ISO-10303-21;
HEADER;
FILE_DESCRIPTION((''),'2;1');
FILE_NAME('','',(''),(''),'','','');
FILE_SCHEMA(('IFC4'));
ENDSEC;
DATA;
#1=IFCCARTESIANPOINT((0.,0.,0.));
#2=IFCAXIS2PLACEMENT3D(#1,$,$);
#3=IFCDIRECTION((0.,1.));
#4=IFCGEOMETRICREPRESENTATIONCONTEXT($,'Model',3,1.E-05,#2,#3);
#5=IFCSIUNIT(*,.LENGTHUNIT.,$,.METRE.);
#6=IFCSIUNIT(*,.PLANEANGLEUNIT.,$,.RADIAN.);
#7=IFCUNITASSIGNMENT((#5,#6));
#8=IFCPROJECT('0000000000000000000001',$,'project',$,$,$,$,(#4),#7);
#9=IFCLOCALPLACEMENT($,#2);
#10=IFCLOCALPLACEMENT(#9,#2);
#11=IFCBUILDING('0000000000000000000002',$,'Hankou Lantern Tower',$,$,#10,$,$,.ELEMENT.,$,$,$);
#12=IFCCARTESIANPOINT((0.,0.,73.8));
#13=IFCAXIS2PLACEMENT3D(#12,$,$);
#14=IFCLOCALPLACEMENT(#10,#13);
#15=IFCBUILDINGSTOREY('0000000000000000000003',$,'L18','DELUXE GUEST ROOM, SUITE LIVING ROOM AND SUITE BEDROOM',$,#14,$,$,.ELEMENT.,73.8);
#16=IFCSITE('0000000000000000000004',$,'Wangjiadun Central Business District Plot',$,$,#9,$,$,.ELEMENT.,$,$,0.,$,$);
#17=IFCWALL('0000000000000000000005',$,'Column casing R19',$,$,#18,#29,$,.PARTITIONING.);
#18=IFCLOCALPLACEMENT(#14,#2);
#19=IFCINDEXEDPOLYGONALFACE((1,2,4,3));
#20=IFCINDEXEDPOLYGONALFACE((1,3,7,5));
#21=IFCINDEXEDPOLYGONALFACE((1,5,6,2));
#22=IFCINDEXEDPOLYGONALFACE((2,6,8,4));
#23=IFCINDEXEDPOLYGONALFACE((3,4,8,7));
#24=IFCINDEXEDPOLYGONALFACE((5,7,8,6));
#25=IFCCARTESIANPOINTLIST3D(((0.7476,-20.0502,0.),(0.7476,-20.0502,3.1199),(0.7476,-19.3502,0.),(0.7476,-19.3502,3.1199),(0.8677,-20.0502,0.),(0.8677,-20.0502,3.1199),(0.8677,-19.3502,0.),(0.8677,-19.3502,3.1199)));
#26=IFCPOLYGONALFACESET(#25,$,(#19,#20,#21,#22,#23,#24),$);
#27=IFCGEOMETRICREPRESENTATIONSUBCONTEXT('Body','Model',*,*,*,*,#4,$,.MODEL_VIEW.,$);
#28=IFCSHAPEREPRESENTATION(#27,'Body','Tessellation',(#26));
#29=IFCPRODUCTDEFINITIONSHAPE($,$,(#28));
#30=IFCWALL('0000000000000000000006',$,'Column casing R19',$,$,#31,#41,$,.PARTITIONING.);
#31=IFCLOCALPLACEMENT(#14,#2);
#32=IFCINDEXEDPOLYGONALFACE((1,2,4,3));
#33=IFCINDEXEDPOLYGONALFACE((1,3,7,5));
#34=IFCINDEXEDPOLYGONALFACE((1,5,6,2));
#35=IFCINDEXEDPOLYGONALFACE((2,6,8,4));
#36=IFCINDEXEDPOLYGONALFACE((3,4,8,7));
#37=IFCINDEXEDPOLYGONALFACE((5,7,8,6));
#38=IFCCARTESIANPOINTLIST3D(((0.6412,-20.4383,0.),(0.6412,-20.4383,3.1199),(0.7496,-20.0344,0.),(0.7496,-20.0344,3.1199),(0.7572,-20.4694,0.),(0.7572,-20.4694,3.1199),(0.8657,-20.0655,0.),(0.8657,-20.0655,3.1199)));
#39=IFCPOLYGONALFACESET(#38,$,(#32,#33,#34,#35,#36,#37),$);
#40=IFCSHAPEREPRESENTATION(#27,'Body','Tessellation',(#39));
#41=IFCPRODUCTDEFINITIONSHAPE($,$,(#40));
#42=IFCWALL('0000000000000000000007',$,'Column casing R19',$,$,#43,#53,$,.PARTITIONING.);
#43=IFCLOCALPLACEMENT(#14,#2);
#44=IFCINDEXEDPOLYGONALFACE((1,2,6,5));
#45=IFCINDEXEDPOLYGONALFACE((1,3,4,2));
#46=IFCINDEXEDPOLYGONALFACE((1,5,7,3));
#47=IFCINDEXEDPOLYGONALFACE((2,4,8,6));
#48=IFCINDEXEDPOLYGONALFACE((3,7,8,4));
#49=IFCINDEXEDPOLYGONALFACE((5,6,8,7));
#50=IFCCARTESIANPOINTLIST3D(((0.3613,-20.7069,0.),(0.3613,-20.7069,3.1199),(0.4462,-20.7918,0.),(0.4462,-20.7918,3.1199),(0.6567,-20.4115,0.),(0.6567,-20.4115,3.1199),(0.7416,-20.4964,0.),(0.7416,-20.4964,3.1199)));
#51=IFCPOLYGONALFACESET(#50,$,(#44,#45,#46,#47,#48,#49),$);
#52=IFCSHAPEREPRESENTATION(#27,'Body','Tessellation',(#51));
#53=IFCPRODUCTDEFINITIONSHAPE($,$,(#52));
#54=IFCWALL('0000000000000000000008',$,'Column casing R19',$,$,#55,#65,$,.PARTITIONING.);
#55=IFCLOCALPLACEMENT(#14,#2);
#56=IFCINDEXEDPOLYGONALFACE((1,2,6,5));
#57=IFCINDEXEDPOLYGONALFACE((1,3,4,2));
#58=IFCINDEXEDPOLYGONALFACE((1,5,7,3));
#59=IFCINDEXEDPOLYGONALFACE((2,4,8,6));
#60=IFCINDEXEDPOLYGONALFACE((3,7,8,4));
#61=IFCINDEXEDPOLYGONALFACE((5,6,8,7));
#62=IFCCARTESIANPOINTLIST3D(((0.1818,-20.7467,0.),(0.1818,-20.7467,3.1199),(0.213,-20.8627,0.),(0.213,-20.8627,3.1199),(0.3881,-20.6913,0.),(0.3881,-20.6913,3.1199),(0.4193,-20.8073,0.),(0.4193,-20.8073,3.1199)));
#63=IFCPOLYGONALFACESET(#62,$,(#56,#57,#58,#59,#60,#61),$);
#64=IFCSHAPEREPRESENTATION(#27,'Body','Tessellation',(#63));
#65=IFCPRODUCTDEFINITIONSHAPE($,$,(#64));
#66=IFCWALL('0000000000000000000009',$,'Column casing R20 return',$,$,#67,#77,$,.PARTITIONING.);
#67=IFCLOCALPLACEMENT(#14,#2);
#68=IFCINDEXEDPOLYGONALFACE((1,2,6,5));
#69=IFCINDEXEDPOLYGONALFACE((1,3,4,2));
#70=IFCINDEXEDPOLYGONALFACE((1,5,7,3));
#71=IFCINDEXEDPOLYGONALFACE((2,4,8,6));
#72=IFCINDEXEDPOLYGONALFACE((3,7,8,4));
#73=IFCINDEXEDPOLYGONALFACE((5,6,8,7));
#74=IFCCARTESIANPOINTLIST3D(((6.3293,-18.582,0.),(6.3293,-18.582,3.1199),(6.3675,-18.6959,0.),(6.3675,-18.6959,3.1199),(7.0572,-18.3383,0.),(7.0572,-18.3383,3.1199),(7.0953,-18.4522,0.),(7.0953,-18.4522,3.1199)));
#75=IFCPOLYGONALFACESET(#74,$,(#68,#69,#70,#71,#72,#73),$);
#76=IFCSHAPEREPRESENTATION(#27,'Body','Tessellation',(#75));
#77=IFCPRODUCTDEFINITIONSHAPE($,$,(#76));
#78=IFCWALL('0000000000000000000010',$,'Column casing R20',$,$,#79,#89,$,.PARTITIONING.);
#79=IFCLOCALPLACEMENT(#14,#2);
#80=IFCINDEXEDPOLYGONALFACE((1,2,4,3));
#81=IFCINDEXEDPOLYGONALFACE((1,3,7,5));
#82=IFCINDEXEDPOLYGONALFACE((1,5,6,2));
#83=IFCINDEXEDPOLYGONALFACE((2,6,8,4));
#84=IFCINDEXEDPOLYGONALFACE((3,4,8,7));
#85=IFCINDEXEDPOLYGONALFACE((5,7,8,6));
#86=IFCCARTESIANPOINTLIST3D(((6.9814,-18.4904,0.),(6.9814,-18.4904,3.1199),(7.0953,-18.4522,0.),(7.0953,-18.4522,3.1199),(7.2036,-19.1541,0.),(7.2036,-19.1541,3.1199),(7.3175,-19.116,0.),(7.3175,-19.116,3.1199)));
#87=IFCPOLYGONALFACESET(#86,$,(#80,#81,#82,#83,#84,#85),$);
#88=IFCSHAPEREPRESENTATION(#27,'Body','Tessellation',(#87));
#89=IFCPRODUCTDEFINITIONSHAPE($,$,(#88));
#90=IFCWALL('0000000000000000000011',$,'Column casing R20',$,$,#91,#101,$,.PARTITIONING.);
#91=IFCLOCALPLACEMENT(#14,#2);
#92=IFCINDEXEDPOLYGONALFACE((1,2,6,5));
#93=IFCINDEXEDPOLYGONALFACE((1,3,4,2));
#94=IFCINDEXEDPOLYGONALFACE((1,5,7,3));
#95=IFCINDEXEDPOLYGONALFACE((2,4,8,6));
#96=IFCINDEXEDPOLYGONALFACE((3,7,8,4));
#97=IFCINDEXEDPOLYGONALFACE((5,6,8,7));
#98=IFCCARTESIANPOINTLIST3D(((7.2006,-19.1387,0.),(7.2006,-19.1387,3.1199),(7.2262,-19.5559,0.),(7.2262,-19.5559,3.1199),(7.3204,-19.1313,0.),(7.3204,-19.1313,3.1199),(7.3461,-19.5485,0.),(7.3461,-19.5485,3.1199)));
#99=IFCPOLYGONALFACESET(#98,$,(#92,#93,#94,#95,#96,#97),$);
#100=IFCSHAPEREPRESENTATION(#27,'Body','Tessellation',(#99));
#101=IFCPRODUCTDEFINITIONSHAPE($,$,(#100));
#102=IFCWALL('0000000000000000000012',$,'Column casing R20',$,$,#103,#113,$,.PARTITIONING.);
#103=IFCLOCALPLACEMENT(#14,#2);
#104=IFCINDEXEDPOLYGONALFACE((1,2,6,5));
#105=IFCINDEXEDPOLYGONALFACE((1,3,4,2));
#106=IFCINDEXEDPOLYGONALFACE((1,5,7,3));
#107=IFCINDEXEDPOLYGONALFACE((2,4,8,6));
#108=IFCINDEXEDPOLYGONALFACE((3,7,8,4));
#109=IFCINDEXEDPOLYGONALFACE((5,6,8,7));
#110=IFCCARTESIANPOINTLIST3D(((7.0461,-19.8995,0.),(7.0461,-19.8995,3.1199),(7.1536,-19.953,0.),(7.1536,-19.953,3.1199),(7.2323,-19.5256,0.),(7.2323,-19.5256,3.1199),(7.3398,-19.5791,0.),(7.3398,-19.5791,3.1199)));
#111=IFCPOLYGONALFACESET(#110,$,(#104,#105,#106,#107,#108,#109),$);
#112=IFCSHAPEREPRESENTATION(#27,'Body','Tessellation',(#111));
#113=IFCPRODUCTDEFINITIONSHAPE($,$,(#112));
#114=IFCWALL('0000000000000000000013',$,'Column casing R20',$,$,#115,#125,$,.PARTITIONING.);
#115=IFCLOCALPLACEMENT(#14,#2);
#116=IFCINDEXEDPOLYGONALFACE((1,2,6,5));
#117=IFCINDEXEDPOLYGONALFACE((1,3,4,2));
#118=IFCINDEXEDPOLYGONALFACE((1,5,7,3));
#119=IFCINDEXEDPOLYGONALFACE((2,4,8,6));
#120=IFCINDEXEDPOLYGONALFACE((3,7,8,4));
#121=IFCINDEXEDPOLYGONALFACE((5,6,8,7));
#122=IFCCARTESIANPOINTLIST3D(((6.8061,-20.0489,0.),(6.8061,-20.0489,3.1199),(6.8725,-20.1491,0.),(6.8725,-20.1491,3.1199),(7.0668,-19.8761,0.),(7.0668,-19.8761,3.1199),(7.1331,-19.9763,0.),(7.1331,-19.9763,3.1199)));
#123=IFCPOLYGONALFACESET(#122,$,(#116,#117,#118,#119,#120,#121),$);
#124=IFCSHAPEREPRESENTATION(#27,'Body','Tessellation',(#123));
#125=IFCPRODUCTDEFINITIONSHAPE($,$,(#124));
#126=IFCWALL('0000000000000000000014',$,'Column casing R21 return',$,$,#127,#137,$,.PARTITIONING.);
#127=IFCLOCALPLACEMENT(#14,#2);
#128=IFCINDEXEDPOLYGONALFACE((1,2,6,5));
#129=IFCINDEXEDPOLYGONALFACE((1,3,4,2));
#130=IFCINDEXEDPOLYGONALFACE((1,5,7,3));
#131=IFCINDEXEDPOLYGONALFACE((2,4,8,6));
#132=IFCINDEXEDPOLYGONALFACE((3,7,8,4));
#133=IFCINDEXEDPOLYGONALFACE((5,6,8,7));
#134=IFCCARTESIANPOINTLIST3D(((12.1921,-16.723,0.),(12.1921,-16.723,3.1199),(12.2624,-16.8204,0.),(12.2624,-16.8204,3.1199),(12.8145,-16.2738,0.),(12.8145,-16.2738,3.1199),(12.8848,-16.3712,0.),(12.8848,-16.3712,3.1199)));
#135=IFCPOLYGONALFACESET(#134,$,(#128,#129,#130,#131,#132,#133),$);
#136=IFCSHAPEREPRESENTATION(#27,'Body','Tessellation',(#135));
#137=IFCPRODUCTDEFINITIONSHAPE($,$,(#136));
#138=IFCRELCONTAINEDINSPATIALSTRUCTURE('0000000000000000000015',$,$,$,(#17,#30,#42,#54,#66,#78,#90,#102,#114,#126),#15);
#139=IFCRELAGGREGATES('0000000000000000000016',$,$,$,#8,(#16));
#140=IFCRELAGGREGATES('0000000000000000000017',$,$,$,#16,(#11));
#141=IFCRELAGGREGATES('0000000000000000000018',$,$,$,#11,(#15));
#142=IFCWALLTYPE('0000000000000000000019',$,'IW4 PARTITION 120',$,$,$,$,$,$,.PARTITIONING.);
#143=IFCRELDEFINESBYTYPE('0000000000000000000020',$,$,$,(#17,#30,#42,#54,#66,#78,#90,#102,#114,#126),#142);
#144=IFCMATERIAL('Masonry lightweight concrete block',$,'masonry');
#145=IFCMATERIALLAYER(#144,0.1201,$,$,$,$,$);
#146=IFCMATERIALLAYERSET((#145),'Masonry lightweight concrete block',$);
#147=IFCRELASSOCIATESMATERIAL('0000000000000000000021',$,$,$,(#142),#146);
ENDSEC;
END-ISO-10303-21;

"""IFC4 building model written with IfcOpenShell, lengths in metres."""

from ifc_helpers import new_model, si_unit, direction, frame, frame_2d, origin, place, context, subcontext, project, spatial, rectangle, extrude, material, layer, layer_set, type_object, element, save


model = new_model("IFC4")

# Units and contexts
model_context = context("Model", 3, precision=1e-05, world=origin(), true_north=direction((0.0, 1.0)))
body_context = subcontext(model_context, "Body", "Model", "MODEL_VIEW")
ifc_project = project(units=[si_unit("LENGTHUNIT", "METRE"), si_unit("PLANEANGLEUNIT", "RADIAN")], contexts=[model_context])

# Site, building, storey
site_placement = place(None, origin())
site = spatial("IfcSite", under=ifc_project, at=site_placement, Name="Wangjiadun Central Business District Plot", CompositionType="ELEMENT", RefElevation=0.0)
building_placement = place(site_placement, origin())
building = spatial("IfcBuilding", under=site, at=building_placement, Name="Hankou Lantern Tower", CompositionType="ELEMENT")
storey_placement = place(building_placement, frame((0.0, 0.0, 73.8)))
storey = spatial("IfcBuildingStorey", under=building, at=storey_placement, Name="L18", Description="DELUXE GUEST ROOM, SUITE LIVING ROOM AND SUITE BEDROOM", CompositionType="ELEMENT", Elevation=73.8)

# Walls
ifc_material_1 = material(Name="Masonry lightweight concrete block", Category="masonry")
ifc_layer_1 = layer(ifc_material_1, 0.1201)
ifc_layer_set_1 = layer_set([ifc_layer_1], Name="Masonry lightweight concrete block")
wall_type_1 = type_object("IfcWallType", Name="IW4 PARTITION 120", PredefinedType="PARTITIONING", material=ifc_layer_set_1)
wall_1_placement = place(storey_placement, frame((0.8076, -19.3501, 0.0), z_axis=(0.0, 0.0, 1.0), x_axis=(0.0, -1.0, 0.0)))
element("IfcWall", 1, at=wall_1_placement, inside=storey, type_object=wall_type_1, Name="Column casing R19", PredefinedType="PARTITIONING", context=body_context, shape_type="SweptSolid", body=[
    extrude(rectangle(XDim=0.7, YDim=0.1201, at=frame_2d((0.3501, 0.0))), origin(), (0.0, 0.0, 1.0), 3.1199),
])
wall_2_placement = place(storey_placement, frame((0.8076, -20.05, 0.0), z_axis=(0.0, 0.0, 1.0), x_axis=(-0.259261, -0.965807, 0.0)))
element("IfcWall", 2, at=wall_2_placement, inside=storey, type_object=wall_type_1, Name="Column casing R19", PredefinedType="PARTITIONING", context=body_context, shape_type="SweptSolid", body=[
    extrude(rectangle(XDim=0.4182, YDim=0.1201, at=frame_2d((0.209, 0.0))), origin(), (0.0, 0.0, 1.0), 3.1199),
])
wall_3_placement = place(storey_placement, frame((0.6992, -20.4539, 0.0), z_axis=(0.0, 0.0, 1.0), x_axis=(-0.707107, -0.707107, 0.0)))
element("IfcWall", 3, at=wall_3_placement, inside=storey, type_object=wall_type_1, Name="Column casing R19", PredefinedType="PARTITIONING", context=body_context, shape_type="SweptSolid", body=[
    extrude(rectangle(XDim=0.4177, YDim=0.1201, at=frame_2d((0.209, 0.0))), origin(), (0.0, 0.0, 1.0), 3.1199),
])
wall_4_placement = place(storey_placement, frame((0.4038, -20.7493, 0.0), z_axis=(0.0, 0.0, 1.0), x_axis=(-0.965759, -0.259441, 0.0)))
element("IfcWall", 4, at=wall_4_placement, inside=storey, type_object=wall_type_1, Name="Column casing R19", PredefinedType="PARTITIONING", context=body_context, shape_type="SweptSolid", body=[
    extrude(rectangle(XDim=0.2136, YDim=0.1201, at=frame_2d((0.1069, 0.0))), origin(), (0.0, 0.0, 1.0), 3.1199),
])
wall_5_placement = place(storey_placement, frame((6.3484, -18.6389, 0.0), z_axis=(0.0, 0.0, 1.0), x_axis=(0.948269, 0.317468, 0.0)))
element("IfcWall", 5, at=wall_5_placement, inside=storey, type_object=wall_type_1, Name="Column casing R20 return", PredefinedType="PARTITIONING", context=body_context, shape_type="SweptSolid", body=[
    extrude(rectangle(XDim=0.7676, YDim=0.1201, at=frame_2d((0.3838, 0.0))), origin(), (0.0, 0.0, 1.0), 3.1199),
])
wall_6_placement = place(storey_placement, frame((7.0383, -18.4712, 0.0), z_axis=(0.0, 0.0, 1.0), x_axis=(0.317378, -0.948299, 0.0)))
element("IfcWall", 6, at=wall_6_placement, inside=storey, type_object=wall_type_1, Name="Column casing R20", PredefinedType="PARTITIONING", context=body_context, shape_type="SweptSolid", body=[
    extrude(rectangle(XDim=0.7, YDim=0.1201, at=frame_2d((0.3501, 0.0))), origin(), (0.0, 0.0, 1.0), 3.1199),
])
wall_7_placement = place(storey_placement, frame((7.2605, -19.135, 0.0), z_axis=(0.0, 0.0, 1.0), x_axis=(0.061324, -0.998118, 0.0)))
element("IfcWall", 7, at=wall_7_placement, inside=storey, type_object=wall_type_1, Name="Column casing R20", PredefinedType="PARTITIONING", context=body_context, shape_type="SweptSolid", body=[
    extrude(rectangle(XDim=0.418, YDim=0.1201, at=frame_2d((0.209, 0.0))), origin(), (0.0, 0.0, 1.0), 3.1199),
])
wall_8_placement = place(storey_placement, frame((7.2861, -19.5522, 0.0), z_axis=(0.0, 0.0, 1.0), x_axis=(-0.445811, -0.895127, 0.0)))
element("IfcWall", 8, at=wall_8_placement, inside=storey, type_object=wall_type_1, Name="Column casing R20", PredefinedType="PARTITIONING", context=body_context, shape_type="SweptSolid", body=[
    extrude(rectangle(XDim=0.4177, YDim=0.1201, at=frame_2d((0.209, 0.0))), origin(), (0.0, 0.0, 1.0), 3.1199),
])
wall_9_placement = place(storey_placement, frame((7.0999, -19.9263, 0.0), z_axis=(0.0, 0.0, 1.0), x_axis=(-0.833488, -0.552537, 0.0)))
element("IfcWall", 9, at=wall_9_placement, inside=storey, type_object=wall_type_1, Name="Column casing R20", PredefinedType="PARTITIONING", context=body_context, shape_type="SweptSolid", body=[
    extrude(rectangle(XDim=0.3127, YDim=0.1201, at=frame_2d((0.1562, 0.0))), origin(), (0.0, 0.0, 1.0), 3.1199),
])
wall_10_placement = place(storey_placement, frame((12.2273, -16.7717, 0.0), z_axis=(0.0, 0.0, 1.0), x_axis=(0.810822, 0.585293, 0.0)))
element("IfcWall", 10, at=wall_10_placement, inside=storey, type_object=wall_type_1, Name="Column casing R21 return", PredefinedType="PARTITIONING", context=body_context, shape_type="SweptSolid", body=[
    extrude(rectangle(XDim=0.7676, YDim=0.1201, at=frame_2d((0.3838, 0.0))), origin(), (0.0, 0.0, 1.0), 3.1199),
])

save(model, "model.ifc")
